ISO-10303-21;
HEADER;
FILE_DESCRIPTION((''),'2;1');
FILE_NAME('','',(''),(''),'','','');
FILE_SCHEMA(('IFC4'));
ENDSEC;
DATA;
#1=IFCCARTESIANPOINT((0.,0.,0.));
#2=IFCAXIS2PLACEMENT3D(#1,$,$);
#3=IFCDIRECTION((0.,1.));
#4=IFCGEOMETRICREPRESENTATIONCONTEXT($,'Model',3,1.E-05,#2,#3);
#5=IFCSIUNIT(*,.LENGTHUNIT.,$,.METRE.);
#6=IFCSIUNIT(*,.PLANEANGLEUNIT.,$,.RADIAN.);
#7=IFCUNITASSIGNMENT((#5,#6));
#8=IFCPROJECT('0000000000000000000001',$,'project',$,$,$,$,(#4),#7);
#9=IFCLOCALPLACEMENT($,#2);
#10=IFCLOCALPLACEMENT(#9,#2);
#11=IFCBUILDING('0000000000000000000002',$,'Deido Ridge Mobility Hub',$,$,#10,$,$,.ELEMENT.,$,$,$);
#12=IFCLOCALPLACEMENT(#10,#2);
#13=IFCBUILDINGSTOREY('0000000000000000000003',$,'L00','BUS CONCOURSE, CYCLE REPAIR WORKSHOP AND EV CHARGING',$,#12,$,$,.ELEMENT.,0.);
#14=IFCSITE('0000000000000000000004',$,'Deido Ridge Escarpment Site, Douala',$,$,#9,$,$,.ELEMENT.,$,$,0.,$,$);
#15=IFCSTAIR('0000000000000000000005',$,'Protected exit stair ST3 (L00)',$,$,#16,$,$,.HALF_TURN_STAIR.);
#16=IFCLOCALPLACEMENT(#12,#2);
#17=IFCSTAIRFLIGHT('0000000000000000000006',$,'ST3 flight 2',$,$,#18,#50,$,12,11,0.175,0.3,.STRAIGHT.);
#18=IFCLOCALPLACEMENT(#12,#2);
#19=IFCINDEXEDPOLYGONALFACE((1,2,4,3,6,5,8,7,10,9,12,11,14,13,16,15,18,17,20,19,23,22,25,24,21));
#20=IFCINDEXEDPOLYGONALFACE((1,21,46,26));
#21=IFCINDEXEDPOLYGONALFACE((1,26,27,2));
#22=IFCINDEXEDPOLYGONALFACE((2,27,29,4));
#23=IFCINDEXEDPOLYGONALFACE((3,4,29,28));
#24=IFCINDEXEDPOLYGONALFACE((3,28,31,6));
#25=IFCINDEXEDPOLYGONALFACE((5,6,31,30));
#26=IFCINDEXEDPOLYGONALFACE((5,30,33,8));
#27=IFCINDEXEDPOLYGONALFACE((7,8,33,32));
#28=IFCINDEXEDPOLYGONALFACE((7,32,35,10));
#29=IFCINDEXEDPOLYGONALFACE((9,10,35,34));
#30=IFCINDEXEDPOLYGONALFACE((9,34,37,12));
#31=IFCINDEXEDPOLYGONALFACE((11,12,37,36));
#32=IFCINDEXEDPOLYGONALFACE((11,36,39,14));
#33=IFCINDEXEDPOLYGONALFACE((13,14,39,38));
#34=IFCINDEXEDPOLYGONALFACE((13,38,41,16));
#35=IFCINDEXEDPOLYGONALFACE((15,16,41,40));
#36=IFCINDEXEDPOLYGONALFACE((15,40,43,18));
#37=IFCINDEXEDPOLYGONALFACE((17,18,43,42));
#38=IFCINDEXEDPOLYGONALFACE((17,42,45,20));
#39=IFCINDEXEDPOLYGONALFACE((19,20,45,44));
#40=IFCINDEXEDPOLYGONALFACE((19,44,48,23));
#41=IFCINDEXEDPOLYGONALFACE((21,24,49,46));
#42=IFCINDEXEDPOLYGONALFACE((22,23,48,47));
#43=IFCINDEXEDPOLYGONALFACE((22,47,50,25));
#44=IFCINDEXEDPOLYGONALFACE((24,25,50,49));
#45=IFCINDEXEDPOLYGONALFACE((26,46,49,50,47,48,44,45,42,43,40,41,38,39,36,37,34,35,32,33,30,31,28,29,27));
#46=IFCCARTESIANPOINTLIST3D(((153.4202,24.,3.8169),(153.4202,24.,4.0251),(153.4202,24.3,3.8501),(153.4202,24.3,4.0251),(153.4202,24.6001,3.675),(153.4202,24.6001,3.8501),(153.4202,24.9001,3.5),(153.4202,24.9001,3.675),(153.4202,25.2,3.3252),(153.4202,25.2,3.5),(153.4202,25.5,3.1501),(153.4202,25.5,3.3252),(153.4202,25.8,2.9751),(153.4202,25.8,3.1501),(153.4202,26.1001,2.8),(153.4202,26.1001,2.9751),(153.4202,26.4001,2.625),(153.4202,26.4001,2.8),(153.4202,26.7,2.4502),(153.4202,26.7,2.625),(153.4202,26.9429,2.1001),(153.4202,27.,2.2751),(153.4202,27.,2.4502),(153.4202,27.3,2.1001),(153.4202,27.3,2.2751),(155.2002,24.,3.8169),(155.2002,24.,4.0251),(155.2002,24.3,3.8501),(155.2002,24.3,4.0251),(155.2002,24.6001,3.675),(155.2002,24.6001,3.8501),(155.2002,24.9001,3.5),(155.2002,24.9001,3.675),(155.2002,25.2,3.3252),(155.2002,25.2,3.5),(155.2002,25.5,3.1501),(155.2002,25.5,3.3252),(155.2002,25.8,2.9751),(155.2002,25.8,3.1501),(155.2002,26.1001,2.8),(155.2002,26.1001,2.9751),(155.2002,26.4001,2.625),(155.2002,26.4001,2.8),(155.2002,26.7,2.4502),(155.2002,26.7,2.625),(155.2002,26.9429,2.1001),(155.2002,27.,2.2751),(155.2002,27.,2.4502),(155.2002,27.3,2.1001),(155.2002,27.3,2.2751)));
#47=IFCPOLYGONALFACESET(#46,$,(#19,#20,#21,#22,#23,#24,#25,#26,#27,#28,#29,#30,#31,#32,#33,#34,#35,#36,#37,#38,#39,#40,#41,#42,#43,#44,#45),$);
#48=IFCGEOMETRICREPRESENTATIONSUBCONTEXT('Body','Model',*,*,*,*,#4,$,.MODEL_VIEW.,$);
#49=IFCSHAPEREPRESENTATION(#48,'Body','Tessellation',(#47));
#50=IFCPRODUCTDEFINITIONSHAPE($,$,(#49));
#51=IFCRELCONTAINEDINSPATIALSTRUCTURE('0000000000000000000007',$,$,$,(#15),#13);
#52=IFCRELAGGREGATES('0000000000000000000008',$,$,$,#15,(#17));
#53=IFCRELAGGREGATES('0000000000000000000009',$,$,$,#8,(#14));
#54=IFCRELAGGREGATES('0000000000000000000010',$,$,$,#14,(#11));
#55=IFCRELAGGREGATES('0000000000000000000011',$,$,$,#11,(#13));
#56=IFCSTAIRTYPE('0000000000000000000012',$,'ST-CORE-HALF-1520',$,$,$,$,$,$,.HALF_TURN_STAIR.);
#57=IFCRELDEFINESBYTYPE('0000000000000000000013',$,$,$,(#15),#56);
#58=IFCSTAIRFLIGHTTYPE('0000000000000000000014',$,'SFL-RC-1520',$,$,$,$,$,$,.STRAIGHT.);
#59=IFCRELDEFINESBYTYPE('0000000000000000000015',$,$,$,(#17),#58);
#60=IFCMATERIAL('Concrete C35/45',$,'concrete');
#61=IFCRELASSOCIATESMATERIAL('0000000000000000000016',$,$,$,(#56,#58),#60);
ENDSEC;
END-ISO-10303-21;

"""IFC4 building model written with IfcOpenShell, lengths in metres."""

from ifc_helpers import new_model, si_unit, direction, frame, origin, place, context, subcontext, project, spatial, polyline, outline, extrude, material, type_object, element, aggregate, save


model = new_model("IFC4")

# Units and contexts
model_context = context("Model", 3, precision=1e-05, world=origin(), true_north=direction((0.0, 1.0)))
body_context = subcontext(model_context, "Body", "Model", "MODEL_VIEW")
ifc_project = project(units=[si_unit("LENGTHUNIT", "METRE"), si_unit("PLANEANGLEUNIT", "RADIAN")], contexts=[model_context])

# Site, building, storey
site_placement = place(None, origin())
site = spatial("IfcSite", under=ifc_project, at=site_placement, Name="Deido Ridge Escarpment Site, Douala", CompositionType="ELEMENT", RefElevation=0.0)
building_placement = place(site_placement, origin())
building = spatial("IfcBuilding", under=site, at=building_placement, Name="Deido Ridge Mobility Hub", CompositionType="ELEMENT")
storey_placement = place(building_placement, origin())
storey = spatial("IfcBuildingStorey", under=building, at=storey_placement, Name="L00", Description="BUS CONCOURSE, CYCLE REPAIR WORKSHOP AND EV CHARGING", CompositionType="ELEMENT", Elevation=0.0)

# Stair, stair flight
ifc_material_1 = material(Name="Concrete C35/45", Category="concrete")
stair_type = type_object("IfcStairType", Name="ST-CORE-HALF-1520", PredefinedType="HALF_TURN_STAIR", material=ifc_material_1)
stair_placement = place(storey_placement, origin())
stair = element("IfcStair", 1, at=stair_placement, inside=storey, type_object=stair_type, Name="Protected exit stair ST3 (L00)", PredefinedType="HALF_TURN_STAIR")
stair_flight_type = type_object("IfcStairFlightType", Name="SFL-RC-1520", PredefinedType="STRAIGHT", material=ifc_material_1)
stair_flight_placement = place(storey_placement, frame((154.3101, 27.3, 2.1001), z_axis=(0.0, 0.0, 1.0), x_axis=(0.0, -1.0, 0.0)))
stair_flight = element("IfcStairFlight", 2, at=stair_flight_placement, type_object=stair_flight_type, Name="ST3 flight 2", NumberOfRisers=12, NumberOfTreads=11, PredefinedType="STRAIGHT", RiserHeight=0.175, TreadLength=0.3, context=body_context, shape_type="SweptSolid", body=[
    extrude(outline(polyline([(0.0, 0.0), (0.0, 0.175), (0.3, 0.175), (0.3, 0.3501), (0.6001, 0.3501), (0.6001, 0.5249), (0.8999, 0.5249), (0.8999, 0.7), (1.2, 0.7), (1.2, 0.875), (1.5, 0.875), (1.5, 1.05), (1.8, 1.05), (1.8, 1.2251), (2.1001, 1.2251), (2.1001, 1.3999), (2.3999, 1.3999), (2.3999, 1.575), (2.7, 1.575), (2.7, 1.75), (3.0, 1.75), (3.0, 1.925), (3.3, 1.925), (3.3, 2.1001), (3.3, 1.7168), (0.3572, 0.0), (0.0, 0.0)])), frame((0.0, 0.8901, 0.0), z_axis=(0.0, -1.0, 0.0), x_axis=(1.0, 0.0, 0.0)), (0.0, 0.0, 1.0), 1.78),
])
aggregate(stair, [stair_flight])

save(model, "model.ifc")
